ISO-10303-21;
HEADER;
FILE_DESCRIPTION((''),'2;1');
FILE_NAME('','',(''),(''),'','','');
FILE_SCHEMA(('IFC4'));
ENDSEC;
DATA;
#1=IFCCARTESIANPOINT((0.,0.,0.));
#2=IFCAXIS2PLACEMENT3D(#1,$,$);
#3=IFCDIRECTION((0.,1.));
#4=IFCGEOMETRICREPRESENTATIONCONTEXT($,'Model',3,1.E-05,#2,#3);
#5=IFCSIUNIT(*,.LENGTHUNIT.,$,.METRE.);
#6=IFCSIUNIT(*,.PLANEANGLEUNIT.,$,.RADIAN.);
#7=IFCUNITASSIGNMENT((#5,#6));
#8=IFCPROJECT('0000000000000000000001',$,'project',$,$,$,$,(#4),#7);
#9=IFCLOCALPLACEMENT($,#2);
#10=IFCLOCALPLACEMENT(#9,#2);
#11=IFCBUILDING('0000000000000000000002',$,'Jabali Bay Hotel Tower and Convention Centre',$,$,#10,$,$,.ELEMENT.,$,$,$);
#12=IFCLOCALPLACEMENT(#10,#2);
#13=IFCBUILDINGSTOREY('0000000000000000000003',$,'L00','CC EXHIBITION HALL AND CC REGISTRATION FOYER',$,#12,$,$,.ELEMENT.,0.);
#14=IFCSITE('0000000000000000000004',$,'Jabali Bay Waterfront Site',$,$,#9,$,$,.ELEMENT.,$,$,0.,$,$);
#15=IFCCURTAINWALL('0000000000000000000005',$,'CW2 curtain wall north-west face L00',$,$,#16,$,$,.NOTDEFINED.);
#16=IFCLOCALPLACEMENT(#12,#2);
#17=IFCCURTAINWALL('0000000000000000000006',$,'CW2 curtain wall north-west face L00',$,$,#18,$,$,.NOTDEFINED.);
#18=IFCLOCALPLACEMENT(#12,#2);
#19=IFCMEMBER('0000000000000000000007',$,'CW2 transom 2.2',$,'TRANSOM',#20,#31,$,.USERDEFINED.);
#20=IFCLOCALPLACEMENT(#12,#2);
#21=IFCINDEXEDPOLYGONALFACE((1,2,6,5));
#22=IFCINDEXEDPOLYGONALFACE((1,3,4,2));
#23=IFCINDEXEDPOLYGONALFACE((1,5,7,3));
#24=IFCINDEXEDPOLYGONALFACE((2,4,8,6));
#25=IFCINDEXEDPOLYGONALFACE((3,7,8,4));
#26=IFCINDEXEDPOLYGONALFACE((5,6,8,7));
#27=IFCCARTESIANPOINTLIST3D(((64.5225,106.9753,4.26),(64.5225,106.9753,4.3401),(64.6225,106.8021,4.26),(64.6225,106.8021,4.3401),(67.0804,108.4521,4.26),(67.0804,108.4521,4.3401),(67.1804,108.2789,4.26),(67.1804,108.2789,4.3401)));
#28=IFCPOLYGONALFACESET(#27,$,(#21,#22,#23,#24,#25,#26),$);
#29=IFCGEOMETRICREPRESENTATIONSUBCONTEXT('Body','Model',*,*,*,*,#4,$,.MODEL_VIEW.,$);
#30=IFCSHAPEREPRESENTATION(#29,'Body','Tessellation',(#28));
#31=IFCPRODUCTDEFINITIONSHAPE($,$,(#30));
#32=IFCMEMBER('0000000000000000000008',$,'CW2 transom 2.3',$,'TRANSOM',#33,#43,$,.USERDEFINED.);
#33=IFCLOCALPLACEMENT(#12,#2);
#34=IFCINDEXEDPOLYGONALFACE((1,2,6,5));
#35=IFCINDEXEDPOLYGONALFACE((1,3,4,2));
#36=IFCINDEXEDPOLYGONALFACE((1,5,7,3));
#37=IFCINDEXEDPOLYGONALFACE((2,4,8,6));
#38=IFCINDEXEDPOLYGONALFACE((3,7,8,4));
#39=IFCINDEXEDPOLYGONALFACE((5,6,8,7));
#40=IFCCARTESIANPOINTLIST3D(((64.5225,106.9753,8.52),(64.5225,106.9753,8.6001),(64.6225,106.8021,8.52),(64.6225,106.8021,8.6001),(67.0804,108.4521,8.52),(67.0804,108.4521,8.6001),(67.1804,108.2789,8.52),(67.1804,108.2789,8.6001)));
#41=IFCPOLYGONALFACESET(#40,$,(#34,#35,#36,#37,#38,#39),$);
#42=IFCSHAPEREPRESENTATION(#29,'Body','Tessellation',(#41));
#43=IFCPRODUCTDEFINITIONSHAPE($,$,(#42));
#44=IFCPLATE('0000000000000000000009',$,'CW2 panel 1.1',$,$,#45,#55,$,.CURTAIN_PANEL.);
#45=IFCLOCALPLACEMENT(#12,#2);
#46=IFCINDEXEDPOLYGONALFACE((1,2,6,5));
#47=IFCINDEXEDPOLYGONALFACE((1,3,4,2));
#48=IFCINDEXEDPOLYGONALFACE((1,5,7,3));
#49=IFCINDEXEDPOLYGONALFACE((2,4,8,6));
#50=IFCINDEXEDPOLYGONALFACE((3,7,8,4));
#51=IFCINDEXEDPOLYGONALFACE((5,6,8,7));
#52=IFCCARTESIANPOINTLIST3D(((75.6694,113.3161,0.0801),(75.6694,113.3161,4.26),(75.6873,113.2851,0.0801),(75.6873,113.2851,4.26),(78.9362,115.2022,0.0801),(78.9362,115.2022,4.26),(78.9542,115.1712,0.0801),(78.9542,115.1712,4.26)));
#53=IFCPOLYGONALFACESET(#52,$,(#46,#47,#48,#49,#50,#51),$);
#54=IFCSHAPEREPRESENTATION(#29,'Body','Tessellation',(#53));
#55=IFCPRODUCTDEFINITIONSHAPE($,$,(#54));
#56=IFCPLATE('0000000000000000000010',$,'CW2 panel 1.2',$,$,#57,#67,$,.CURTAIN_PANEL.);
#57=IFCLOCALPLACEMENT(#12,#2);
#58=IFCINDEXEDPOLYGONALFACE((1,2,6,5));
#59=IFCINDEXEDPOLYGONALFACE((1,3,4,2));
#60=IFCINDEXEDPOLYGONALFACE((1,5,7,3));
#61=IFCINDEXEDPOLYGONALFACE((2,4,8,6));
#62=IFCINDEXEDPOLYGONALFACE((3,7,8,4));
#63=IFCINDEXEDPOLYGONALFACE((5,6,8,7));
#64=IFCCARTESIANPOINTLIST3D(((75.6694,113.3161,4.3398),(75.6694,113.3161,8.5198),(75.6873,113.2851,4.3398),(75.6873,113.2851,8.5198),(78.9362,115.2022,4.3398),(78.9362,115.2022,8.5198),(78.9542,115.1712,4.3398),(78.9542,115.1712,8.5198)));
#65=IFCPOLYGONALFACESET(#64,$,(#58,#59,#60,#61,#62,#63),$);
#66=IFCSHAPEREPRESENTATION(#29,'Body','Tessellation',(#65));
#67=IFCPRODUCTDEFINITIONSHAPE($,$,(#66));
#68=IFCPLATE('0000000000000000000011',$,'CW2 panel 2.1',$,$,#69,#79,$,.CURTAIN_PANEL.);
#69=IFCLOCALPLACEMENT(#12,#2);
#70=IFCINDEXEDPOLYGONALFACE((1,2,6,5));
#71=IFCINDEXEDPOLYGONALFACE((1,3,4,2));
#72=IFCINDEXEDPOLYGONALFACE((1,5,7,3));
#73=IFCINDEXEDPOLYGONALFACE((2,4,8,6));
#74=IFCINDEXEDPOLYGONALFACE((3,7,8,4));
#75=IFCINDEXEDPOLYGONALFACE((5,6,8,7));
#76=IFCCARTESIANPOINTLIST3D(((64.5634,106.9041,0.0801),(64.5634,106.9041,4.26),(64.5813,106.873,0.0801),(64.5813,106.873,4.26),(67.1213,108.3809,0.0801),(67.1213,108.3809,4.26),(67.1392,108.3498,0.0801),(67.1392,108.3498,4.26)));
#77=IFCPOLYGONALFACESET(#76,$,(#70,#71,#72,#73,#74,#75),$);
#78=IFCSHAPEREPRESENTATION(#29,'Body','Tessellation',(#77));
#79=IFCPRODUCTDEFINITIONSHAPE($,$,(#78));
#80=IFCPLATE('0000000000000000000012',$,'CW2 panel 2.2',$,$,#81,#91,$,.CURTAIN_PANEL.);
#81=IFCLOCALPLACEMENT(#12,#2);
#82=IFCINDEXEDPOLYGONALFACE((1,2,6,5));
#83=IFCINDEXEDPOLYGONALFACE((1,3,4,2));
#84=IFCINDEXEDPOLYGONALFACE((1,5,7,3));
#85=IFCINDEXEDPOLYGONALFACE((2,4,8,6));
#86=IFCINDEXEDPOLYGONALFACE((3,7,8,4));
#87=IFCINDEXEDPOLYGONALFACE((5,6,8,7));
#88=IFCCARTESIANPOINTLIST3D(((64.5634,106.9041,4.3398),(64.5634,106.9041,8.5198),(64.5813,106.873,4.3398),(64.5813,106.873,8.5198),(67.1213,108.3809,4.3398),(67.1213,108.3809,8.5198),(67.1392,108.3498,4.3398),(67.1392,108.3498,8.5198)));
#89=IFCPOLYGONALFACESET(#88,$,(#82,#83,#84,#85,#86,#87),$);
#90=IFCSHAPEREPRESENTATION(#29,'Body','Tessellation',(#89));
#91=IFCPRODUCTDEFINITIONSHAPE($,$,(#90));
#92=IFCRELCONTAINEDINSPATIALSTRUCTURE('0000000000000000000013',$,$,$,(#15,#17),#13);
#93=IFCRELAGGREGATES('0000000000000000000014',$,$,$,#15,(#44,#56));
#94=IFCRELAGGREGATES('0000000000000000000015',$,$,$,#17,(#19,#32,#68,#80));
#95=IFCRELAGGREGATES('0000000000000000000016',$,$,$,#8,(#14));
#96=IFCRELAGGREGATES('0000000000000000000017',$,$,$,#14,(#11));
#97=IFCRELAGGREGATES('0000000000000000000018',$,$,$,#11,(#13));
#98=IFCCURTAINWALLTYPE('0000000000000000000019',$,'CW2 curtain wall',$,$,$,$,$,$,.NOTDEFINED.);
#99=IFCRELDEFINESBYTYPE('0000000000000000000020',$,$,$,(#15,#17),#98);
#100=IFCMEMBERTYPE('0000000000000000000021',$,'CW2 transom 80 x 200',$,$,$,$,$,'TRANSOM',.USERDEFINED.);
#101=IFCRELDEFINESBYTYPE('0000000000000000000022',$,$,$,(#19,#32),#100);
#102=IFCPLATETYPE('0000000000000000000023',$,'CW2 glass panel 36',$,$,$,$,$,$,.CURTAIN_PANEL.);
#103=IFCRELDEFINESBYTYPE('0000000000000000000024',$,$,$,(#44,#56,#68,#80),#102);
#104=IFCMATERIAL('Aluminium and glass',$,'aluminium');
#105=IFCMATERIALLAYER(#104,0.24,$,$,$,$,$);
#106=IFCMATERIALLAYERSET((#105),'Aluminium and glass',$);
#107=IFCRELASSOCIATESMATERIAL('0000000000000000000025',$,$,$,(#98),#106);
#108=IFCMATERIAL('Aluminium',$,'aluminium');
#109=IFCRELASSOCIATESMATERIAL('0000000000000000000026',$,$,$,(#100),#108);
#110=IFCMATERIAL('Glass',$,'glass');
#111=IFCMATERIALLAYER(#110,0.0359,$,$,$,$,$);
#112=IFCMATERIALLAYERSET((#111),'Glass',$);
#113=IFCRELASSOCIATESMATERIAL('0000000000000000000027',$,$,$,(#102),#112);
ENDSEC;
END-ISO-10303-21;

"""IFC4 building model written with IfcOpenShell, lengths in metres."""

from ifc_helpers import new_model, si_unit, direction, frame, origin, origin_2d, place, context, subcontext, project, spatial, rectangle, extrude, material, layer, layer_set, material_profile, profile_set, type_object, element, aggregate, save


model = new_model("IFC4")

# Units and contexts
model_context = context("Model", 3, precision=1e-05, world=origin(), true_north=direction((0.0, 1.0)))
body_context = subcontext(model_context, "Body", "Model", "MODEL_VIEW")
ifc_project = project(units=[si_unit("LENGTHUNIT", "METRE"), si_unit("PLANEANGLEUNIT", "RADIAN")], contexts=[model_context])

# Site, building, storey
site_placement = place(None, origin())
site = spatial("IfcSite", under=ifc_project, at=site_placement, Name="Jabali Bay Waterfront Site", CompositionType="ELEMENT", RefElevation=0.0)
building_placement = place(site_placement, origin())
building = spatial("IfcBuilding", under=site, at=building_placement, Name="Jabali Bay Hotel Tower and Convention Centre", CompositionType="ELEMENT")
storey_placement = place(building_placement, origin())
storey = spatial("IfcBuildingStorey", under=building, at=storey_placement, Name="L00", Description="CC EXHIBITION HALL AND CC REGISTRATION FOYER", CompositionType="ELEMENT", Elevation=0.0)

# Curtain walls
ifc_material_1 = material(Name="Aluminium and glass", Category="aluminium")
ifc_layer_1 = layer(ifc_material_1, 0.24)
ifc_layer_set_1 = layer_set([ifc_layer_1], Name="Aluminium and glass")
curtain_wall_type = type_object("IfcCurtainWallType", Name="CW2 curtain wall", PredefinedType="NOTDEFINED", material=ifc_layer_set_1)
curtain_wall_1_placement = place(storey_placement, origin())
curtain_wall_1 = element("IfcCurtainWall", 1, at=curtain_wall_1_placement, inside=storey, type_object=curtain_wall_type, Name="CW2 curtain wall north-west face L00", PredefinedType="NOTDEFINED")
ifc_material_2 = material(Name="Aluminium", Category="aluminium")
curtain_wall_2_placement = place(storey_placement, origin())
curtain_wall_2 = element("IfcCurtainWall", 2, at=curtain_wall_2_placement, inside=storey, type_object=curtain_wall_type, Name="CW2 curtain wall north-west face L00", PredefinedType="NOTDEFINED")

# Members
ifc_material_profile_1 = material_profile(ifc_material_2, rectangle(XDim=0.2, YDim=0.0801, at=origin_2d()), Name="CW2 transom 80 x 200")
ifc_profile_set_1 = profile_set([ifc_material_profile_1], Name="Aluminium")
member_type_1 = type_object("IfcMemberType", Name="CW2 transom 80 x 200", ElementType="TRANSOM", PredefinedType="USERDEFINED", material=ifc_profile_set_1)
member_1_placement = place(storey_placement, frame((64.5725, 106.8887, 4.3), z_axis=(0.866022, 0.500006, 0.0), x_axis=(-0.500006, 0.866022, 0.0)))
member_1 = element("IfcMember", 3, at=member_1_placement, type_object=member_type_1, Name="CW2 transom 2.2", ObjectType="TRANSOM", PredefinedType="USERDEFINED", context=body_context, shape_type="SweptSolid", body=[
    extrude(rectangle(XDim=0.2, YDim=0.0801, at=origin_2d()), origin(), (0.0, 0.0, 1.0), 2.9536),
])
member_2_placement = place(storey_placement, frame((64.5725, 106.8887, 8.5601), z_axis=(0.866022, 0.500006, 0.0), x_axis=(-0.500006, 0.866022, 0.0)))
member_2 = element("IfcMember", 4, at=member_2_placement, type_object=member_type_1, Name="CW2 transom 2.3", ObjectType="TRANSOM", PredefinedType="USERDEFINED", context=body_context, shape_type="SweptSolid", body=[
    extrude(rectangle(XDim=0.2, YDim=0.0801, at=origin_2d()), origin(), (0.0, 0.0, 1.0), 2.9536),
])

# Plates
ifc_material_3 = material(Name="Glass", Category="glass")
ifc_layer_2 = layer(ifc_material_3, 0.0359)
ifc_layer_set_2 = layer_set([ifc_layer_2], Name="Glass")
plate_type = type_object("IfcPlateType", Name="CW2 glass panel 36", PredefinedType="CURTAIN_PANEL", material=ifc_layer_set_2)
plate_1_placement = place(storey_placement, frame((77.3118, 114.2437, 0.0801), z_axis=(0.0, 0.0, 1.0), x_axis=(0.866025, 0.5, 0.0)))
plate_1 = element("IfcPlate", 5, at=plate_1_placement, type_object=plate_type, Name="CW2 panel 1.1", PredefinedType="CURTAIN_PANEL", context=body_context, shape_type="SweptSolid", body=[
    extrude(rectangle(XDim=3.7722, YDim=0.0359, at=origin_2d()), origin(), (0.0, 0.0, 1.0), 4.1799),
])
plate_2_placement = place(storey_placement, frame((77.3118, 114.2437, 4.3398), z_axis=(0.0, 0.0, 1.0), x_axis=(0.866025, 0.5, 0.0)))
plate_2 = element("IfcPlate", 6, at=plate_2_placement, type_object=plate_type, Name="CW2 panel 1.2", PredefinedType="CURTAIN_PANEL", context=body_context, shape_type="SweptSolid", body=[
    extrude(rectangle(XDim=3.7722, YDim=0.0359, at=origin_2d()), origin(), (0.0, 0.0, 1.0), 4.1799),
])
aggregate(curtain_wall_1, [plate_1, plate_2])
plate_3_placement = place(storey_placement, frame((65.8513, 107.627, 0.0801), z_axis=(0.0, 0.0, 1.0), x_axis=(0.866025, 0.5, 0.0)))
plate_3 = element("IfcPlate", 7, at=plate_3_placement, type_object=plate_type, Name="CW2 panel 2.1", PredefinedType="CURTAIN_PANEL", context=body_context, shape_type="SweptSolid", body=[
    extrude(rectangle(XDim=2.9536, YDim=0.0359, at=origin_2d()), origin(), (0.0, 0.0, 1.0), 4.1799),
])
plate_4_placement = place(storey_placement, frame((65.8513, 107.627, 4.3398), z_axis=(0.0, 0.0, 1.0), x_axis=(0.866025, 0.5, 0.0)))
plate_4 = element("IfcPlate", 8, at=plate_4_placement, type_object=plate_type, Name="CW2 panel 2.2", PredefinedType="CURTAIN_PANEL", context=body_context, shape_type="SweptSolid", body=[
    extrude(rectangle(XDim=2.9536, YDim=0.0359, at=origin_2d()), origin(), (0.0, 0.0, 1.0), 4.1799),
])
aggregate(curtain_wall_2, [member_1, member_2, plate_3, plate_4])

save(model, "model.ifc")
